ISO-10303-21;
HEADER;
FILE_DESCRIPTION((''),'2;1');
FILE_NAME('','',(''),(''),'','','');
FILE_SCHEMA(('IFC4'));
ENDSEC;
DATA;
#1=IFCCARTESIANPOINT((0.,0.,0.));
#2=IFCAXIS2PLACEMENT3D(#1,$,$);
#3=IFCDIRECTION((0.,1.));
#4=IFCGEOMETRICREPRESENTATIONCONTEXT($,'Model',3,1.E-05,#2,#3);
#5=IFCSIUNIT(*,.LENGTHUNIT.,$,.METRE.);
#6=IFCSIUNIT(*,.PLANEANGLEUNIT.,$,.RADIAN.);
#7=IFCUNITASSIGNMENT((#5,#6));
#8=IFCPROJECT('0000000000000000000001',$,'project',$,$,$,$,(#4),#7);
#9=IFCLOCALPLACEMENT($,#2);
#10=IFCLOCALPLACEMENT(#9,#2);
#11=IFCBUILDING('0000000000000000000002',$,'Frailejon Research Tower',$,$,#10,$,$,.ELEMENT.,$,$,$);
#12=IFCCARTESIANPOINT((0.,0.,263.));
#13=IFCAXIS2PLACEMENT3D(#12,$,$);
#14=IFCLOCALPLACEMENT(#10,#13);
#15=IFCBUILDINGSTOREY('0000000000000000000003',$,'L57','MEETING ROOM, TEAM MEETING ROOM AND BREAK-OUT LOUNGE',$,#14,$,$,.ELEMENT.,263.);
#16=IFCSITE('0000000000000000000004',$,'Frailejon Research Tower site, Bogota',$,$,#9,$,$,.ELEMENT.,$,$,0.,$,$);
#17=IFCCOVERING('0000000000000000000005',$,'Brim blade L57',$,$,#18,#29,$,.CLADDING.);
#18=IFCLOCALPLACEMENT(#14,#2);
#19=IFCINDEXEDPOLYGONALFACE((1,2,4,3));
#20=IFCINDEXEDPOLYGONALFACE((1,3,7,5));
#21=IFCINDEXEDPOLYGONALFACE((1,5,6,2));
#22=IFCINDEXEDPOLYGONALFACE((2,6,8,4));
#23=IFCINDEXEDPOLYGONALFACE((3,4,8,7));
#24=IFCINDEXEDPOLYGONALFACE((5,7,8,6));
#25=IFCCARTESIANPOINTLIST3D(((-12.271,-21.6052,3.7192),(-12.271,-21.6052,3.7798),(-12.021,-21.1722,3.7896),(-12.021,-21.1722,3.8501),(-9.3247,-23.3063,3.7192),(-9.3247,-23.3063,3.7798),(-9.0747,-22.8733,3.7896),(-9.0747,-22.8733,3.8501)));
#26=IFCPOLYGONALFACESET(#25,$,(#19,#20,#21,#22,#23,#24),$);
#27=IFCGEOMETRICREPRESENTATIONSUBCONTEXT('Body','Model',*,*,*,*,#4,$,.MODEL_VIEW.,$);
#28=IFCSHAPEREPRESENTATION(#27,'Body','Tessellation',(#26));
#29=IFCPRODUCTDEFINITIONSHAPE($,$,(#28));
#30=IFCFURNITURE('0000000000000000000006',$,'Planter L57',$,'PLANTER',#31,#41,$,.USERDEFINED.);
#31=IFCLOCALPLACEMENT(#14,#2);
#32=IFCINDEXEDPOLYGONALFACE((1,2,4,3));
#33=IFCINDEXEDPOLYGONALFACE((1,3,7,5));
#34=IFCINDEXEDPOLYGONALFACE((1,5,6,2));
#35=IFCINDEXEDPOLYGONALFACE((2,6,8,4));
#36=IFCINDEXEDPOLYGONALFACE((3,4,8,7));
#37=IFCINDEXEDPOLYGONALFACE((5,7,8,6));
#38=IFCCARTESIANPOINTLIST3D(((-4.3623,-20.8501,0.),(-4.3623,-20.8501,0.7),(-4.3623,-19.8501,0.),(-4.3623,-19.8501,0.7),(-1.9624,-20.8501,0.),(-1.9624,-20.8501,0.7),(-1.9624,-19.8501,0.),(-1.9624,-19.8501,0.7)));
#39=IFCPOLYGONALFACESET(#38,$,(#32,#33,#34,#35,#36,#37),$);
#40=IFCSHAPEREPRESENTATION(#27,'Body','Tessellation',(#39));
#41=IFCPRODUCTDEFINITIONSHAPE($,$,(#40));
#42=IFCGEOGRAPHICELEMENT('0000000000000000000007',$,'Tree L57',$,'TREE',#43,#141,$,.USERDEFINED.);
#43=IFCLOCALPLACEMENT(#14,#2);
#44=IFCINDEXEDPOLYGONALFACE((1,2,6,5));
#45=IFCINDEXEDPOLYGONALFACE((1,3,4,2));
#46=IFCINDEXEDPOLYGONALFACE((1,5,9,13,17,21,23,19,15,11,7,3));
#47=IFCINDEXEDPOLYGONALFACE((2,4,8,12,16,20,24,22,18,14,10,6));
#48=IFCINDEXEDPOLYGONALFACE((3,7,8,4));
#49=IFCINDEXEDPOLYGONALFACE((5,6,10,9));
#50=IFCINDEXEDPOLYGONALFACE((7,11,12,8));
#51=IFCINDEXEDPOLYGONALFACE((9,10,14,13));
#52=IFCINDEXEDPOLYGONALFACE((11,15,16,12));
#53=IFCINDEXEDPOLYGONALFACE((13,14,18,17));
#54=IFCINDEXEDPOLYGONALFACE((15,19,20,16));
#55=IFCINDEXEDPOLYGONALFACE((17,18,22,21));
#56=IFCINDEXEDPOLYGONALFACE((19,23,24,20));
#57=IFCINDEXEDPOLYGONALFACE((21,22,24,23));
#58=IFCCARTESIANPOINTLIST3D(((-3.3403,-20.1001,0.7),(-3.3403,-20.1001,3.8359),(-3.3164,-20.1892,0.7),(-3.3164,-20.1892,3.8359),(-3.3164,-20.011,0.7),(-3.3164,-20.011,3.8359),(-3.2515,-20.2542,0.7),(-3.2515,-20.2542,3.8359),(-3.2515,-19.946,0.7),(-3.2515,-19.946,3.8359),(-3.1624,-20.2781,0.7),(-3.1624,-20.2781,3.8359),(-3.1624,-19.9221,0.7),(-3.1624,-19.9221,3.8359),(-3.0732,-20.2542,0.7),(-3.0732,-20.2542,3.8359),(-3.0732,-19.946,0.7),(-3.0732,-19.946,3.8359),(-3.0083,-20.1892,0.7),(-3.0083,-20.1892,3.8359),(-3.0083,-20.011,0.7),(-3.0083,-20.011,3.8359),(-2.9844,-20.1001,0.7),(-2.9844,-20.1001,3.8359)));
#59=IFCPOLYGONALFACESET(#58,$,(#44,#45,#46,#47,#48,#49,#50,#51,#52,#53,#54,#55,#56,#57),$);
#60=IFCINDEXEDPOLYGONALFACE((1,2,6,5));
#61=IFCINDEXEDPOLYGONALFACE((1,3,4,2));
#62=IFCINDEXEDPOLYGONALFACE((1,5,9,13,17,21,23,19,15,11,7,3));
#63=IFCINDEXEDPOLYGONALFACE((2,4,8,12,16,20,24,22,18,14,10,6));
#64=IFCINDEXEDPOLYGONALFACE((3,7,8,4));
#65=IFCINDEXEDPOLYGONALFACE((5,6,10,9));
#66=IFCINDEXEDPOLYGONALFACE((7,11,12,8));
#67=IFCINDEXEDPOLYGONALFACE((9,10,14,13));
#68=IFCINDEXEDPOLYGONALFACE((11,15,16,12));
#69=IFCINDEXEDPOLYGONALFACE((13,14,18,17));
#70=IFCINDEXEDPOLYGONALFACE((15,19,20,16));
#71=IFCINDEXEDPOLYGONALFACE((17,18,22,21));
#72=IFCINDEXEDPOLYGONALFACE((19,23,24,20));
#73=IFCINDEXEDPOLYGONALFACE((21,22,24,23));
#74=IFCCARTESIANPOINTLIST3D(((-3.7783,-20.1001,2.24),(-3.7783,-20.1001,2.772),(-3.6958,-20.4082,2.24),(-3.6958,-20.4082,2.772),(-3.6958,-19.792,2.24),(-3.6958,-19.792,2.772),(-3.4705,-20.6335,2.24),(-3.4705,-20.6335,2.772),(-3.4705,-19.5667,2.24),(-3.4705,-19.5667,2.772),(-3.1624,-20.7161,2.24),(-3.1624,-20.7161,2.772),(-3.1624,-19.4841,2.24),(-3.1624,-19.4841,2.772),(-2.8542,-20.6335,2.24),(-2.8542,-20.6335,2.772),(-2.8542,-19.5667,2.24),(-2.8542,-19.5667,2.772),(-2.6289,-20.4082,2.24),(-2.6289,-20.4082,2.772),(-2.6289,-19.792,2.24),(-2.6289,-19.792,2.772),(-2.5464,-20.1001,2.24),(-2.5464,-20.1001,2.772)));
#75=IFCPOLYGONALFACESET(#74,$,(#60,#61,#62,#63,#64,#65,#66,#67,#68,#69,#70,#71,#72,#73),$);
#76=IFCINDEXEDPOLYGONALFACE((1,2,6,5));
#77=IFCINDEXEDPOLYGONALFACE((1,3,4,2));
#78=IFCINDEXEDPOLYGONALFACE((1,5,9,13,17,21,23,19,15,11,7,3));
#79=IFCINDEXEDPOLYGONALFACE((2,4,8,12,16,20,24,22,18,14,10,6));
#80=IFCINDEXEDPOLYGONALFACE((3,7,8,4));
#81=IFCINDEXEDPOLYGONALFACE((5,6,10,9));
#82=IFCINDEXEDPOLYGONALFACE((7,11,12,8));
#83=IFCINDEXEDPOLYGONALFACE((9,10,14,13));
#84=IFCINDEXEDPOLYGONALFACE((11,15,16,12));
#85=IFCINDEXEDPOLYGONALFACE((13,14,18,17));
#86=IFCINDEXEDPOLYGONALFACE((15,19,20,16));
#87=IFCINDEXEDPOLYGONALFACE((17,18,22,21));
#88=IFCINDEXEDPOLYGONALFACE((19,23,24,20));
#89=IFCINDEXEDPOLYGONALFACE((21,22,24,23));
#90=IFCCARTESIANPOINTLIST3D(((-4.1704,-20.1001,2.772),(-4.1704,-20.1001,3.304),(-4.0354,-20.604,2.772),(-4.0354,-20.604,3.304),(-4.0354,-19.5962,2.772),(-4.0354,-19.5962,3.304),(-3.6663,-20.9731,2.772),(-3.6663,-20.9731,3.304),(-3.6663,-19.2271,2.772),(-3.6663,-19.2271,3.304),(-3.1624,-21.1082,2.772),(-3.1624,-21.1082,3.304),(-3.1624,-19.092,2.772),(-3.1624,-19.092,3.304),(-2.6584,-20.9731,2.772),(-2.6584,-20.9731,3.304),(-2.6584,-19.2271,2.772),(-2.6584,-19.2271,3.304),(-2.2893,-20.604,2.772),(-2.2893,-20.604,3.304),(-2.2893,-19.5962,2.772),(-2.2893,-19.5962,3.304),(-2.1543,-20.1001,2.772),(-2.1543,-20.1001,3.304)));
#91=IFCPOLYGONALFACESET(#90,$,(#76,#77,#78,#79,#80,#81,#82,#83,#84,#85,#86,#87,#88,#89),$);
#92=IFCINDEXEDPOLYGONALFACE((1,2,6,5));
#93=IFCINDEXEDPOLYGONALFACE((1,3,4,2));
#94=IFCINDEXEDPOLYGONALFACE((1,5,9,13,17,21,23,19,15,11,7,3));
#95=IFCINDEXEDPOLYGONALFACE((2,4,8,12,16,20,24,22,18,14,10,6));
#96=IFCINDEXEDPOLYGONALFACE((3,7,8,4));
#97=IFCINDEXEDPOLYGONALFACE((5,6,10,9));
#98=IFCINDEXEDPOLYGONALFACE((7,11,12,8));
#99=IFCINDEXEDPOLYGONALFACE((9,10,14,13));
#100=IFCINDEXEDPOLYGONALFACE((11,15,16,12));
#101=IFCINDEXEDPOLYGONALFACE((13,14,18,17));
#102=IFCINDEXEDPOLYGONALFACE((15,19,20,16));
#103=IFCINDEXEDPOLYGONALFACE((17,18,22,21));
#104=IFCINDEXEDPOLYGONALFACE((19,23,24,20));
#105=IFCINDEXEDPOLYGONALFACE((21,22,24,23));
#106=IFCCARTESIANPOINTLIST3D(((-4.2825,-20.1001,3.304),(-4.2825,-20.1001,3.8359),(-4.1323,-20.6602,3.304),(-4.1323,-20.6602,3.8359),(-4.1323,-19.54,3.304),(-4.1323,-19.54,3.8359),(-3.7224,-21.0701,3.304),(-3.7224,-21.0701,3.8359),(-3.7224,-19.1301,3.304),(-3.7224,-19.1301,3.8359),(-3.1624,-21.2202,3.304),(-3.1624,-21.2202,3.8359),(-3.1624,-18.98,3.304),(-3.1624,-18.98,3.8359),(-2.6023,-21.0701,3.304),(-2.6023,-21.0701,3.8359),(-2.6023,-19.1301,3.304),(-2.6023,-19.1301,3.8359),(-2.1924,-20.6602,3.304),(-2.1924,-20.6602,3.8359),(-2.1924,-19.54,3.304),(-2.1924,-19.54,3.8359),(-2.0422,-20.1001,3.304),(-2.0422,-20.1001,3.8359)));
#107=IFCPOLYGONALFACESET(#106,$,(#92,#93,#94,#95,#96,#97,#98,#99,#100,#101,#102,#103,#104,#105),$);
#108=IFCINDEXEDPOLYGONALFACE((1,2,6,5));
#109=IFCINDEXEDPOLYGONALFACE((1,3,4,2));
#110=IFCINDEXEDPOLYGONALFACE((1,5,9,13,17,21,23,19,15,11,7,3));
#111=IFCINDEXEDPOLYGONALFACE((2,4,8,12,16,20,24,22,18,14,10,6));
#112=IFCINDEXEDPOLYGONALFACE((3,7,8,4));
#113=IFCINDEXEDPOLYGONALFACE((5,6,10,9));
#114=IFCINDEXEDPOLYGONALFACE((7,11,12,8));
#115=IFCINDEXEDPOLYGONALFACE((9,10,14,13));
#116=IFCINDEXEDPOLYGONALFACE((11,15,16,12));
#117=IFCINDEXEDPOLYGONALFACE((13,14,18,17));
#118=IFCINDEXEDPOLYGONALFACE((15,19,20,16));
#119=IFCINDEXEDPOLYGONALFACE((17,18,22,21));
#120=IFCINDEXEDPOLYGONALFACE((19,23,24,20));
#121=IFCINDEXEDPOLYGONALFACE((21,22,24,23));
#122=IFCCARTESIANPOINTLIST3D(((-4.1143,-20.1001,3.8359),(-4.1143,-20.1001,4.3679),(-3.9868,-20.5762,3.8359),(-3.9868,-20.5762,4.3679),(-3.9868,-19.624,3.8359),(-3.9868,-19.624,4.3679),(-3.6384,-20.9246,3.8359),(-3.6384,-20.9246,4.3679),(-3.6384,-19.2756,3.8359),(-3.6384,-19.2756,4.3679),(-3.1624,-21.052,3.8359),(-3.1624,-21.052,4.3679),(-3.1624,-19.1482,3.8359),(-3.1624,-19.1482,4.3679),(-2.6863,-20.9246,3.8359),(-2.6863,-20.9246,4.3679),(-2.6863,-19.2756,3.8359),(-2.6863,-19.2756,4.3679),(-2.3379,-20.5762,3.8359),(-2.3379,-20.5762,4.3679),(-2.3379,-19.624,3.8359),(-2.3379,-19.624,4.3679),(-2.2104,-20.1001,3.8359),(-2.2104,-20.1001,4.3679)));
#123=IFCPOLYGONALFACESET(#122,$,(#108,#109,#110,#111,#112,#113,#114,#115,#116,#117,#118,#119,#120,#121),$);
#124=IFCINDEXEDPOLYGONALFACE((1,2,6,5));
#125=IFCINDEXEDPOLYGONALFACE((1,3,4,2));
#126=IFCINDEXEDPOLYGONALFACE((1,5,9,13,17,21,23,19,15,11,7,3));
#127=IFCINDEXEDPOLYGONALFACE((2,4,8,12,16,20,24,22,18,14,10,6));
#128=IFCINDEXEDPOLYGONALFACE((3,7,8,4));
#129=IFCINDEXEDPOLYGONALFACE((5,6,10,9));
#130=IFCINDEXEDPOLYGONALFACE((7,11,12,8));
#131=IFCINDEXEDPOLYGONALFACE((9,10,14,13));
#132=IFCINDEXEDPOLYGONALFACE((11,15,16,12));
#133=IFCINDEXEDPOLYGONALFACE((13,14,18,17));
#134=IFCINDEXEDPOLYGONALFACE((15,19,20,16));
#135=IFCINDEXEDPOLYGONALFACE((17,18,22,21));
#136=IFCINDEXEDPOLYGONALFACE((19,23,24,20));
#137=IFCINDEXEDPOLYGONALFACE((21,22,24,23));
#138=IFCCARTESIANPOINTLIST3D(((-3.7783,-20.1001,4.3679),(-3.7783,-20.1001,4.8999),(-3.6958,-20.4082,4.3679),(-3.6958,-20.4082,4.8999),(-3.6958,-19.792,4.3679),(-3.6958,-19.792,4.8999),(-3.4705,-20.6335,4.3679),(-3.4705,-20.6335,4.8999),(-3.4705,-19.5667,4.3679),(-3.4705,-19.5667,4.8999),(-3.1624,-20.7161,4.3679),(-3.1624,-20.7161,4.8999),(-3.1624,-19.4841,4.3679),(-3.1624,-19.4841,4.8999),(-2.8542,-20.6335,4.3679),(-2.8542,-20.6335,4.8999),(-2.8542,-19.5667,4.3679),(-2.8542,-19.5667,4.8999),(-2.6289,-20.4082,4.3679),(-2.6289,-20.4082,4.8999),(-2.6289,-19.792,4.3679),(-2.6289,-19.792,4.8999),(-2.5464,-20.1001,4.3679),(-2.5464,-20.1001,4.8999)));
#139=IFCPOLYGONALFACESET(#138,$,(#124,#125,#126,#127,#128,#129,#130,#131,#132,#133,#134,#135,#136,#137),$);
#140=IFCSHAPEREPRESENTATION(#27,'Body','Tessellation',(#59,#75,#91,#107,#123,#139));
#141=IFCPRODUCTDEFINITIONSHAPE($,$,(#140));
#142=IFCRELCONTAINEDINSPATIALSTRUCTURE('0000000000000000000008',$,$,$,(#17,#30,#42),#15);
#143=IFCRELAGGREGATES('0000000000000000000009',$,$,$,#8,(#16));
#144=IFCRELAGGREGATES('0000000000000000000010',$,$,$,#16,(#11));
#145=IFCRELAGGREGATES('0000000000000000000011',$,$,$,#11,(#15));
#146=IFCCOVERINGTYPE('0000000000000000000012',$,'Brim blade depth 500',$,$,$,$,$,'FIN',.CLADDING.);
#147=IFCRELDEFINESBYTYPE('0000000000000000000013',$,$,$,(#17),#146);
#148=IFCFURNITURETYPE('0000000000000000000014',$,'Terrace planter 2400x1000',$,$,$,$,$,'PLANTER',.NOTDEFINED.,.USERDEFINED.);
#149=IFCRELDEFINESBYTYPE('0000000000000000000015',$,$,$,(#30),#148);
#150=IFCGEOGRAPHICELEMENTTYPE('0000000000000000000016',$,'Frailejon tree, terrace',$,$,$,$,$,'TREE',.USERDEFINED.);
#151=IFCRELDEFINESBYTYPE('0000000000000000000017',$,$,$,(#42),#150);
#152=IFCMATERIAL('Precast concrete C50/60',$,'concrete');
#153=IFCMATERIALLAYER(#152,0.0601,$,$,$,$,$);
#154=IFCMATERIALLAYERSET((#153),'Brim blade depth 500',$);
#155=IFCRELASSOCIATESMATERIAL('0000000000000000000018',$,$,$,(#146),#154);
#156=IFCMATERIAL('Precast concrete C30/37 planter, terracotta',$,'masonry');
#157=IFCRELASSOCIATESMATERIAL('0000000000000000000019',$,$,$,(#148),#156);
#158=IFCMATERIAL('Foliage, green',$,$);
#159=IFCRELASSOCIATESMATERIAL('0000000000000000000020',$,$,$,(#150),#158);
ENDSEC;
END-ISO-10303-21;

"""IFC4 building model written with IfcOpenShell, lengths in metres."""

from ifc_helpers import new_model, si_unit, direction, frame, origin, origin_2d, place, context, subcontext, project, spatial, polyline, rectangle, outline, extrude, material, layer, layer_set, type_object, element, save


model = new_model("IFC4")

# Units and contexts
model_context = context("Model", 3, precision=1e-05, world=origin(), true_north=direction((0.0, 1.0)))
body_context = subcontext(model_context, "Body", "Model", "MODEL_VIEW")
ifc_project = project(units=[si_unit("LENGTHUNIT", "METRE"), si_unit("PLANEANGLEUNIT", "RADIAN")], contexts=[model_context])

# Site, building, storey
site_placement = place(None, origin())
site = spatial("IfcSite", under=ifc_project, at=site_placement, Name="Frailejon Research Tower site, Bogota", CompositionType="ELEMENT", RefElevation=0.0)
building_placement = place(site_placement, origin())
building = spatial("IfcBuilding", under=site, at=building_placement, Name="Frailejon Research Tower", CompositionType="ELEMENT")
storey_placement = place(building_placement, frame((0.0, 0.0, 263.0)))
storey = spatial("IfcBuildingStorey", under=building, at=storey_placement, Name="L57", Description="MEETING ROOM, TEAM MEETING ROOM AND BREAK-OUT LOUNGE", CompositionType="ELEMENT", Elevation=263.0)

# Covering
ifc_material_1 = material(Name="Precast concrete C50/60", Category="concrete")
ifc_layer_1 = layer(ifc_material_1, 0.0601)
ifc_layer_set_1 = layer_set([ifc_layer_1], Name="Brim blade depth 500")
covering_type_1 = type_object("IfcCoveringType", Name="Brim blade depth 500", ElementType="FIN", PredefinedType="CLADDING", material=ifc_layer_set_1)
covering_placement = place(storey_placement, frame((-9.0747, -22.8733, 3.8501), z_axis=(-0.866024, 0.500003, 0.0), x_axis=(-0.500003, -0.866024, 0.0)))
element("IfcCovering", 1, at=covering_placement, inside=storey, type_object=covering_type_1, Name="Brim blade L57", PredefinedType="CLADDING", context=body_context, shape_type="SweptSolid", body=[
    extrude(outline(polyline([(0.0, -0.0605), (0.5, -0.1309), (0.5, -0.0703), (0.0, 0.0), (0.0, -0.0605)])), origin(), (0.0, 0.0, 1.0), 3.4021),
])

# Furniture
ifc_material_2 = material(Name="Precast concrete C30/37 planter, terracotta", Category="masonry")
furniture_type = type_object("IfcFurnitureType", Name="Terrace planter 2400x1000", ElementType="PLANTER", AssemblyPlace="NOTDEFINED", PredefinedType="USERDEFINED", material=ifc_material_2)
furniture_placement = place(storey_placement, frame((-3.1624, -20.3501, 0.0), z_axis=(0.0, 0.0, 1.0), x_axis=(1.0, 0.0, 0.0)))
element("IfcFurniture", 2, at=furniture_placement, inside=storey, type_object=furniture_type, Name="Planter L57", ObjectType="PLANTER", PredefinedType="USERDEFINED", context=body_context, shape_type="SweptSolid", body=[
    extrude(rectangle(XDim=2.3999, YDim=1.0, at=origin_2d()), origin(), (0.0, 0.0, 1.0), 0.7),
])

# Geographic element
ifc_material_3 = material(Name="Foliage, green")
geographic_element_type = type_object("IfcGeographicElementType", Name="Frailejon tree, terrace", ElementType="TREE", PredefinedType="USERDEFINED", material=ifc_material_3)
geographic_element_placement = place(storey_placement, frame((-3.1624, -20.1001, 0.7)))
element("IfcGeographicElement", 3, at=geographic_element_placement, inside=storey, type_object=geographic_element_type, Name="Tree L57", ObjectType="TREE", PredefinedType="USERDEFINED", context=body_context, shape_type="SweptSolid", body=[
    extrude(outline(polyline([(0.178, 0.0), (0.1541, 0.0891), (0.0891, 0.1541), (0.0, 0.178), (-0.0891, 0.1541), (-0.1541, 0.0891), (-0.178, 0.0), (-0.1541, -0.0891), (-0.0891, -0.1541), (0.0, -0.178), (0.0891, -0.1541), (0.1541, -0.0891), (0.178, 0.0)])), origin(), (0.0, 0.0, 1.0), 3.136),
    extrude(outline(polyline([(0.616, 0.0), (0.5334, 0.3081), (0.3081, 0.5334), (0.0, 0.616), (-0.3081, 0.5334), (-0.5334, 0.3081), (-0.616, 0.0), (-0.5334, -0.3081), (-0.3081, -0.5334), (0.0, -0.616), (0.3081, -0.5334), (0.5334, -0.3081), (0.616, 0.0)])), frame((0.0, 0.0, 1.54)), (0.0, 0.0, 1.0), 0.532),
    extrude(outline(polyline([(1.0081, 0.0), (0.873, 0.5039), (0.5039, 0.873), (0.0, 1.0081), (-0.5039, 0.873), (-0.873, 0.5039), (-1.0081, 0.0), (-0.873, -0.5039), (-0.5039, -0.873), (0.0, -1.0081), (0.5039, -0.873), (0.873, -0.5039), (1.0081, 0.0)])), frame((0.0, 0.0, 2.072)), (0.0, 0.0, 1.0), 0.532),
    extrude(outline(polyline([(1.1201, 0.0), (0.97, 0.5601), (0.5601, 0.97), (0.0, 1.1201), (-0.5601, 0.97), (-0.97, 0.5601), (-1.1201, 0.0), (-0.97, -0.5601), (-0.5601, -0.97), (0.0, -1.1201), (0.5601, -0.97), (0.97, -0.5601), (1.1201, 0.0)])), frame((0.0, 0.0, 2.604)), (0.0, 0.0, 1.0), 0.532),
    extrude(outline(polyline([(0.9519, 0.0), (0.8245, 0.4761), (0.4761, 0.8245), (0.0, 0.9519), (-0.4761, 0.8245), (-0.8245, 0.4761), (-0.9519, 0.0), (-0.8245, -0.4761), (-0.4761, -0.8245), (0.0, -0.9519), (0.4761, -0.8245), (0.8245, -0.4761), (0.9519, 0.0)])), frame((0.0, 0.0, 3.136)), (0.0, 0.0, 1.0), 0.532),
    extrude(outline(polyline([(0.616, 0.0), (0.5334, 0.3081), (0.3081, 0.5334), (0.0, 0.616), (-0.3081, 0.5334), (-0.5334, 0.3081), (-0.616, 0.0), (-0.5334, -0.3081), (-0.3081, -0.5334), (0.0, -0.616), (0.3081, -0.5334), (0.5334, -0.3081), (0.616, 0.0)])), frame((0.0, 0.0, 3.668)), (0.0, 0.0, 1.0), 0.532),
])

save(model, "model.ifc")
